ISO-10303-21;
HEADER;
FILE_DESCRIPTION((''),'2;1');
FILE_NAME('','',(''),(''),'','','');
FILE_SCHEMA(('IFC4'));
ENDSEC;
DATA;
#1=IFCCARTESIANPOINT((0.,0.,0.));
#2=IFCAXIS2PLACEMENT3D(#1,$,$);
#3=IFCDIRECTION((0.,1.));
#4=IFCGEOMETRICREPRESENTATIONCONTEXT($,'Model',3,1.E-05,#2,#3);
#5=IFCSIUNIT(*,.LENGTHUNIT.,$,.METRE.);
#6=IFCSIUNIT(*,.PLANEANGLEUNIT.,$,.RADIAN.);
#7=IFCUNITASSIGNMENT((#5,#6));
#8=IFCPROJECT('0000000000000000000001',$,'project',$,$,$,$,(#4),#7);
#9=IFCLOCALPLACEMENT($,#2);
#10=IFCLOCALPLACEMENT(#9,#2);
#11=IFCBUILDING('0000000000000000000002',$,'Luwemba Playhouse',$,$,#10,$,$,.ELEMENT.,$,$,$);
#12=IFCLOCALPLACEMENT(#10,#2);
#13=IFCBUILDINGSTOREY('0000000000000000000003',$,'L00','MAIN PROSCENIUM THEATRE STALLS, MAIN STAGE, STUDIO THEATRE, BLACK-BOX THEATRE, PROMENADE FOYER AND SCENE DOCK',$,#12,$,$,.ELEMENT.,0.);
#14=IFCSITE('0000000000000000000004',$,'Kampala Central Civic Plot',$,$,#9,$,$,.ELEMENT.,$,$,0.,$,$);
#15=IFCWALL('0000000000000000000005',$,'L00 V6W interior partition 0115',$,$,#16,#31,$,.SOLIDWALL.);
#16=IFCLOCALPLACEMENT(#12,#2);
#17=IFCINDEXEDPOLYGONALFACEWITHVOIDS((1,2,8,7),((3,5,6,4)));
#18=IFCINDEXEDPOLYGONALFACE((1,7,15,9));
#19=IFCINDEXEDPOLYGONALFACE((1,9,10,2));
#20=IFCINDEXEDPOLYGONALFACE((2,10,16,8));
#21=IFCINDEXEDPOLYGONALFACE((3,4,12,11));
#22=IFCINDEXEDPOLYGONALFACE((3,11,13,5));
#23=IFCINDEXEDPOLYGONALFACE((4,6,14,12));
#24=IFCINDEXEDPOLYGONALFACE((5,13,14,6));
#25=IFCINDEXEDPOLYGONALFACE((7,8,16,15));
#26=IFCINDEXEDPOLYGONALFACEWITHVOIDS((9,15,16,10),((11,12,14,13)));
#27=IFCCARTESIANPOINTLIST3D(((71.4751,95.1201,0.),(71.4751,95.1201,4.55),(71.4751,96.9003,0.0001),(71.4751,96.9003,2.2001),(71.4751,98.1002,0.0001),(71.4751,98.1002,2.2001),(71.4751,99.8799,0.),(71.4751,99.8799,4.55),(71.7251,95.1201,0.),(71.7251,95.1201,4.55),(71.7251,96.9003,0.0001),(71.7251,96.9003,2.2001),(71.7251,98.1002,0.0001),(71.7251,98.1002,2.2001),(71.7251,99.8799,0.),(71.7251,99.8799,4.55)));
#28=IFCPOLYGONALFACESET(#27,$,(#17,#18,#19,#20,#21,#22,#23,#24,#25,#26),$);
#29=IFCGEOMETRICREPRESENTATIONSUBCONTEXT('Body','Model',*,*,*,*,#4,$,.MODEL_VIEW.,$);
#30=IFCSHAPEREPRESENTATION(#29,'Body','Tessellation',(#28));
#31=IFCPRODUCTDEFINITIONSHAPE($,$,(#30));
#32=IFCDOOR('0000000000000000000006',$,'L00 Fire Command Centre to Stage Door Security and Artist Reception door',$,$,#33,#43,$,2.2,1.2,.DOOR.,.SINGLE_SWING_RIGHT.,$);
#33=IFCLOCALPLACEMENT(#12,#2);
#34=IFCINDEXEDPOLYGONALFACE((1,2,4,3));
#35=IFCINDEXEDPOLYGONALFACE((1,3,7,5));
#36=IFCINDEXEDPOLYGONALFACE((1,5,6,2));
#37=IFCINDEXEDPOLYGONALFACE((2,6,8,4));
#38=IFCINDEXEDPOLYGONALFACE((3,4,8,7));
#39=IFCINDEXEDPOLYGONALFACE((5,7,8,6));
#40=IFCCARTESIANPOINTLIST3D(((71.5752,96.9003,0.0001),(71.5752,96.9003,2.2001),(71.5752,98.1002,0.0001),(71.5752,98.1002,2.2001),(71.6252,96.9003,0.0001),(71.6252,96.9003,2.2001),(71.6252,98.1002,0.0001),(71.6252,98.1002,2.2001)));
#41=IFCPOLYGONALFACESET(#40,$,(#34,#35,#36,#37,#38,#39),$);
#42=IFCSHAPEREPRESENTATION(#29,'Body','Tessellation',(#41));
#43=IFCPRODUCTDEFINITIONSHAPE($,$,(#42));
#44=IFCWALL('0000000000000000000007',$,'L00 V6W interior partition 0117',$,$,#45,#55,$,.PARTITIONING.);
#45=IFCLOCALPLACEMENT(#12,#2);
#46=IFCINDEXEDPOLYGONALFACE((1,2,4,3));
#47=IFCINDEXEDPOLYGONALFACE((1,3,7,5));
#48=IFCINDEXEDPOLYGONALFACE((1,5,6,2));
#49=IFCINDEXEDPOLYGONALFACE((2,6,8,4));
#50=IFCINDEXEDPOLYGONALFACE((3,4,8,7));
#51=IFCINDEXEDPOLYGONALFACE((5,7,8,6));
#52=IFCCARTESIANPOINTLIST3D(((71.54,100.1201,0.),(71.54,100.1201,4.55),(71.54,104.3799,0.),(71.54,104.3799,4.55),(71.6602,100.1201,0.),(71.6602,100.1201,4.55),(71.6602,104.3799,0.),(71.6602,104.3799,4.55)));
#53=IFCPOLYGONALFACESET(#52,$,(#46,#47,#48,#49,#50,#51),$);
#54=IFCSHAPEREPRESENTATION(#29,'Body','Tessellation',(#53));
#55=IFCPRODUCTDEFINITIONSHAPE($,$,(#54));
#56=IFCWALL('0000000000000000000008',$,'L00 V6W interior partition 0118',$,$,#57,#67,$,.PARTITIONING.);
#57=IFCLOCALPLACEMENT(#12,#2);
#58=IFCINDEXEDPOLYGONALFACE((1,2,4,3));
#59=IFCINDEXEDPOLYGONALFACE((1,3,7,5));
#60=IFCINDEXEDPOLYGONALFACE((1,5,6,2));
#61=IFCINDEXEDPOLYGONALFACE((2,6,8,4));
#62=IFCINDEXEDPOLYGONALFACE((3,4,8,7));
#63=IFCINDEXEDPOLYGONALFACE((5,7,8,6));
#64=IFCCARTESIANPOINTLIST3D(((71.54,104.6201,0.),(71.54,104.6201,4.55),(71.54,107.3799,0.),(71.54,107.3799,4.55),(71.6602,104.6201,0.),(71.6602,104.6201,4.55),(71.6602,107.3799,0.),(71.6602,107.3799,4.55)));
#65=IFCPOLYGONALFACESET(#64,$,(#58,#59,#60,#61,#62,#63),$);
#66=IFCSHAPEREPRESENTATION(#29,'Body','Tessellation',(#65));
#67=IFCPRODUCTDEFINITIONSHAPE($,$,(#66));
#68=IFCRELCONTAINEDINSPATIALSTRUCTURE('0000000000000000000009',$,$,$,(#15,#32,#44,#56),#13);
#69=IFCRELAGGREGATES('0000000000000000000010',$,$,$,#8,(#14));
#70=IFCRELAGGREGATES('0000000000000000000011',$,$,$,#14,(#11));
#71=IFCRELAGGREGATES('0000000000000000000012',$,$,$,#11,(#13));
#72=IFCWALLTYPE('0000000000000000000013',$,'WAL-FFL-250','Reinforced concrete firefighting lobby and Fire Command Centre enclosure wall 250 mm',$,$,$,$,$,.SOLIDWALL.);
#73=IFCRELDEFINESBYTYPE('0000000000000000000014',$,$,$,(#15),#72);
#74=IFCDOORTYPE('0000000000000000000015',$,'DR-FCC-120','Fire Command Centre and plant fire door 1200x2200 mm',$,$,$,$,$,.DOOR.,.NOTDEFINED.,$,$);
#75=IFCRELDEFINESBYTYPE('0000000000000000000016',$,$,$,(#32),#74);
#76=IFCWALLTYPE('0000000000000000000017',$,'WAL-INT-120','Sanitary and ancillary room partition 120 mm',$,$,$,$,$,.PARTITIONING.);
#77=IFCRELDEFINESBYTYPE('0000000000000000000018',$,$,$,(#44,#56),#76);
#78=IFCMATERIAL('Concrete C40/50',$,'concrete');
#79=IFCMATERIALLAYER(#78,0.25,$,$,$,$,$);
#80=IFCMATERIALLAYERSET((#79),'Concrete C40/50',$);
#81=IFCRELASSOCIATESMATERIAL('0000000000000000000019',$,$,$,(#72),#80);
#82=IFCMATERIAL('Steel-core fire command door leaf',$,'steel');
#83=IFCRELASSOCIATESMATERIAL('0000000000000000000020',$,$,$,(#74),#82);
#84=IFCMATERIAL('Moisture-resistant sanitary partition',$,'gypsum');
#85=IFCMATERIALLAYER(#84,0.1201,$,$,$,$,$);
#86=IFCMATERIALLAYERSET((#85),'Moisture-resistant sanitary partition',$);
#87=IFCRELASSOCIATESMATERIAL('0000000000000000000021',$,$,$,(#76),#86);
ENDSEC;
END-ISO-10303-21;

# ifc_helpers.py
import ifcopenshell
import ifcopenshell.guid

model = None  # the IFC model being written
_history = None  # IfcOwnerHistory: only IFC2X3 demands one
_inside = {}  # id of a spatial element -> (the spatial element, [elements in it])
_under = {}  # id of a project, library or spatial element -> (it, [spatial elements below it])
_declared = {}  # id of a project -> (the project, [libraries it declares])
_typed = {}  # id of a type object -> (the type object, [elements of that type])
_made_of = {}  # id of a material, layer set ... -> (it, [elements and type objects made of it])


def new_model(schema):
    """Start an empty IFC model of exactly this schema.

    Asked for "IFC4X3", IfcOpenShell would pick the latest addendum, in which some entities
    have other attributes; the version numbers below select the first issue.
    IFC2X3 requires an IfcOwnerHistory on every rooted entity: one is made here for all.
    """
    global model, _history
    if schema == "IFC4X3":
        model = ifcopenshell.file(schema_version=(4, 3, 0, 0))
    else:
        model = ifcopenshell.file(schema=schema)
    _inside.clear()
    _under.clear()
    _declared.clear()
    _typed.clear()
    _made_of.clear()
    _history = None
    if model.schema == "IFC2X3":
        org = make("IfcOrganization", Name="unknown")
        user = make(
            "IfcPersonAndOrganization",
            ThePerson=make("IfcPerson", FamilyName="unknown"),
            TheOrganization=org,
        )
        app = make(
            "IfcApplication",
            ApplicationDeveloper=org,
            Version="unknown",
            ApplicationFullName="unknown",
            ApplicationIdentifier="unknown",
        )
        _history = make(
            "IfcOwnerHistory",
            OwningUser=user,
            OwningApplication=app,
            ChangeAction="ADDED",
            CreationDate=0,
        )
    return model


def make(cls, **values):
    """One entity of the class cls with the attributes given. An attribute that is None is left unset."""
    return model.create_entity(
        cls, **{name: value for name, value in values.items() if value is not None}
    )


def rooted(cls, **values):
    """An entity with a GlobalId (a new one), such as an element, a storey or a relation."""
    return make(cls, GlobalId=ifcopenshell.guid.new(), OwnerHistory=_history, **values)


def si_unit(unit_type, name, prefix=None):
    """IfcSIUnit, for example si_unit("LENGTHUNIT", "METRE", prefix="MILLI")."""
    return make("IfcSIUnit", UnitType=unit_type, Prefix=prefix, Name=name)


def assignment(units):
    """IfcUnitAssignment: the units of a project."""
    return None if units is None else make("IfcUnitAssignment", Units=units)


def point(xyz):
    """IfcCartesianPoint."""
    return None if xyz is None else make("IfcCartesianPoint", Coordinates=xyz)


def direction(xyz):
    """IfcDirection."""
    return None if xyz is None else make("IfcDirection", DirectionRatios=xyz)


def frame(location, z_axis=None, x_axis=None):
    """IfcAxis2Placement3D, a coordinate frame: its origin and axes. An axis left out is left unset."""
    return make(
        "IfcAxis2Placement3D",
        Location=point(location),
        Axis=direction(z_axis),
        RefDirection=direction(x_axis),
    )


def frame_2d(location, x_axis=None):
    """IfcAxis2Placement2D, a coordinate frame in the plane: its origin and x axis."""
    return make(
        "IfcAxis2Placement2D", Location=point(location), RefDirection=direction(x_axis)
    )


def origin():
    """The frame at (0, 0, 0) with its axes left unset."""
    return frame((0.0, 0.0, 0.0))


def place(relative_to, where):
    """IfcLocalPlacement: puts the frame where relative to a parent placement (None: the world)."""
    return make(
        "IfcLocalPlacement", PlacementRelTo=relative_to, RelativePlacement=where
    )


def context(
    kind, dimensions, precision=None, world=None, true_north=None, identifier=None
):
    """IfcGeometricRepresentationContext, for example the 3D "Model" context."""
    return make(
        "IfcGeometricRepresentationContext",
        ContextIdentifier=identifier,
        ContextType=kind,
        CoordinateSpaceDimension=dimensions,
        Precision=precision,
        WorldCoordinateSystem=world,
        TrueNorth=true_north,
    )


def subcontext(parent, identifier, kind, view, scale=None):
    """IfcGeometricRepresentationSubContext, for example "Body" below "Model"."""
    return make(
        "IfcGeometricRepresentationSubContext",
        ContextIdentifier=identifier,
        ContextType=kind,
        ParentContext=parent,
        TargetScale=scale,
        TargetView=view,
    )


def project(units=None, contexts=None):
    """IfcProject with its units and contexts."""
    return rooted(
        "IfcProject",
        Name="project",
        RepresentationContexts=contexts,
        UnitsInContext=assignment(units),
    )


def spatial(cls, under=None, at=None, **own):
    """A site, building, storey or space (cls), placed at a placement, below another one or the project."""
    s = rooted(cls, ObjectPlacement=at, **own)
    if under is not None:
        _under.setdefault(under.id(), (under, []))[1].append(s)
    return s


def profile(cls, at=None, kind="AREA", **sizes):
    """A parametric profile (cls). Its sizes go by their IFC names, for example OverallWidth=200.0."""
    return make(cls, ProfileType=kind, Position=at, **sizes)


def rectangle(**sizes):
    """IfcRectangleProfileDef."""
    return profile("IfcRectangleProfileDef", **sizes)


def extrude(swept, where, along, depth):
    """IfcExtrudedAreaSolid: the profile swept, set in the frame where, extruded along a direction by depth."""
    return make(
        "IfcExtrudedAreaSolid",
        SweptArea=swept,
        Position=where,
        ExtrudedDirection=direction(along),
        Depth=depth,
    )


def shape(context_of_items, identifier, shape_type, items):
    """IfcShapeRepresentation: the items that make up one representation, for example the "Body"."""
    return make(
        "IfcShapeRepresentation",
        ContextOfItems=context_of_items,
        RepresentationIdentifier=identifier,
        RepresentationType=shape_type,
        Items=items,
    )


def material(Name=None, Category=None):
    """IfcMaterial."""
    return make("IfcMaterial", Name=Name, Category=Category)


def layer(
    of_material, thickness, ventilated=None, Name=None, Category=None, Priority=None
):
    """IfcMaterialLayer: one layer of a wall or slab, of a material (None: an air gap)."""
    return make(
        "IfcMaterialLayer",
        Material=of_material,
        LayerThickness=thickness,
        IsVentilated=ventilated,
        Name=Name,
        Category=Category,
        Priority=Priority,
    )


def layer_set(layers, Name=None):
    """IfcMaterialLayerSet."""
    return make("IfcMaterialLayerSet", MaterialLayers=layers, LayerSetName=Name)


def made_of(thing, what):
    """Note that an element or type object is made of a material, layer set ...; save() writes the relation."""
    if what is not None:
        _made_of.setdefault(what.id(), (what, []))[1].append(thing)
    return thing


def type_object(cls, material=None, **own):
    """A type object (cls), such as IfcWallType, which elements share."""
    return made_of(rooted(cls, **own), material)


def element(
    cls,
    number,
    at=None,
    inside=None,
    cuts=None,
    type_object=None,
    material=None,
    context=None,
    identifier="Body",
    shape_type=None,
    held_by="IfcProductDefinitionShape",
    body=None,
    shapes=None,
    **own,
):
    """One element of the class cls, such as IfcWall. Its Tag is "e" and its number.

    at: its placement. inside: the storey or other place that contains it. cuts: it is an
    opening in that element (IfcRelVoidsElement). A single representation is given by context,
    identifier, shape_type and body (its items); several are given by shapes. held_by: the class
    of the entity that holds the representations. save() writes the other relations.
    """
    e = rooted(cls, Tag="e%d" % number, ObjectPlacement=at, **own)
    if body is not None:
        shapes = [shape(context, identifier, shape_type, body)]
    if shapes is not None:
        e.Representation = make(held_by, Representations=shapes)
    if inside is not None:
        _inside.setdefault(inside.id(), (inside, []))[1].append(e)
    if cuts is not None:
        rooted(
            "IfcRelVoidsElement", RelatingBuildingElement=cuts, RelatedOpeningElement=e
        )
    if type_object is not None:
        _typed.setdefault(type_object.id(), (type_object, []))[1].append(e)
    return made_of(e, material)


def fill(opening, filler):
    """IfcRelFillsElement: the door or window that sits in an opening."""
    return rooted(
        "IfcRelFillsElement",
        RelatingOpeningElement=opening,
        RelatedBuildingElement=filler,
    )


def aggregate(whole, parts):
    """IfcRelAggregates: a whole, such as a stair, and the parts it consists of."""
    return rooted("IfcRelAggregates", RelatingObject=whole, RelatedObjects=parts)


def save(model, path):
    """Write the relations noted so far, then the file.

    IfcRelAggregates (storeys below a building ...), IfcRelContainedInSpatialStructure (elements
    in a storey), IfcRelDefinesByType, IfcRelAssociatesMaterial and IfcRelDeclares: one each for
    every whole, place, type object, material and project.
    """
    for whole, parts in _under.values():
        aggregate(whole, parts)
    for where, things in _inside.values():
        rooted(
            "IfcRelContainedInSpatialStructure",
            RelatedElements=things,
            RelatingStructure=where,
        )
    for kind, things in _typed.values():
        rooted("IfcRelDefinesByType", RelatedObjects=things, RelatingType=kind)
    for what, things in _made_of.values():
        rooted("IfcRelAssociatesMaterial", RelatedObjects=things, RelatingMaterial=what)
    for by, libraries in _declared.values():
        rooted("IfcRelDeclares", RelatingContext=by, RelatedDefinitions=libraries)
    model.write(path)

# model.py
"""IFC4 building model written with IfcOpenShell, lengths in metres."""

from ifc_helpers import new_model, si_unit, direction, frame, frame_2d, origin, place, context, subcontext, project, spatial, rectangle, extrude, material, layer, layer_set, type_object, element, fill, save


model = new_model("IFC4")

# Units and contexts
model_context = context("Model", 3, precision=1e-05, world=origin(), true_north=direction((0.0, 1.0)))
body_context = subcontext(model_context, "Body", "Model", "MODEL_VIEW")
ifc_project = project(units=[si_unit("LENGTHUNIT", "METRE"), si_unit("PLANEANGLEUNIT", "RADIAN")], contexts=[model_context])

# Site, building, storey
site_placement = place(None, origin())
site = spatial("IfcSite", under=ifc_project, at=site_placement, Name="Kampala Central Civic Plot", CompositionType="ELEMENT", RefElevation=0.0)
building_placement = place(site_placement, origin())
building = spatial("IfcBuilding", under=site, at=building_placement, Name="Luwemba Playhouse", CompositionType="ELEMENT")
storey_placement = place(building_placement, origin())
storey = spatial("IfcBuildingStorey", under=building, at=storey_placement, Name="L00", Description="MAIN PROSCENIUM THEATRE STALLS, MAIN STAGE, STUDIO THEATRE, BLACK-BOX THEATRE, PROMENADE FOYER AND SCENE DOCK", CompositionType="ELEMENT", Elevation=0.0)

# Shared definitions
ifc_material_1 = material(Name="Concrete C40/50", Category="concrete")

# Wall, opening, door
ifc_layer_1 = layer(ifc_material_1, 0.25)
ifc_layer_set_1 = layer_set([ifc_layer_1], Name="Concrete C40/50")
wall_type_1 = type_object("IfcWallType", Name="WAL-FFL-250", Description="Reinforced concrete firefighting lobby and Fire Command Centre enclosure wall 250 mm", PredefinedType="SOLIDWALL", material=ifc_layer_set_1)
wall_1_placement = place(storey_placement, frame((71.6001, 95.1201, 0.0), z_axis=(0.0, 0.0, 1.0), x_axis=(0.0, 1.0, 0.0)))
wall_1 = element("IfcWall", 1, at=wall_1_placement, inside=storey, type_object=wall_type_1, Name="L00 V6W interior partition 0115", PredefinedType="SOLIDWALL", context=body_context, shape_type="SweptSolid", body=[
    extrude(rectangle(XDim=4.7598, YDim=0.25, at=frame_2d((2.3799, 0.0))), origin(), (0.0, 0.0, 1.0), 4.55),
])
opening_1_placement = place(wall_1_placement, frame((1.78, 0.0, 0.0)))
opening_1 = element("IfcOpeningElement", 2, at=opening_1_placement, cuts=wall_1, PredefinedType="OPENING", context=body_context, shape_type="SweptSolid", body=[
    extrude(rectangle(XDim=1.2, YDim=2.2, at=frame_2d((0.6001, 1.1001))), frame((0.0, 0.135, 0.0), z_axis=(0.0, -1.0, 0.0), x_axis=(1.0, 0.0, 0.0)), (0.0, 0.0, 1.0), 0.27),
])
ifc_material_2 = material(Name="Steel-core fire command door leaf", Category="steel")
door_type_1 = type_object("IfcDoorType", Name="DR-FCC-120", Description="Fire Command Centre and plant fire door 1200x2200 mm", OperationType="NOTDEFINED", PredefinedType="DOOR", material=ifc_material_2)
door_1_placement = place(opening_1_placement, origin())
door_1 = element("IfcDoor", 3, at=door_1_placement, inside=storey, type_object=door_type_1, Name="L00 Fire Command Centre to Stage Door Security and Artist Reception door", OperationType="SINGLE_SWING_RIGHT", OverallHeight=2.2, OverallWidth=1.2, PredefinedType="DOOR", context=body_context, shape_type="SweptSolid", body=[
    extrude(rectangle(XDim=1.2, YDim=2.2, at=frame_2d((0.6001, 1.1001))), frame((0.0, 0.0249, 0.0), z_axis=(0.0, -1.0, 0.0), x_axis=(1.0, 0.0, 0.0)), (0.0, 0.0, 1.0), 0.05),
])
fill(opening_1, door_1)

# Walls
ifc_material_3 = material(Name="Moisture-resistant sanitary partition", Category="gypsum")
ifc_layer_2 = layer(ifc_material_3, 0.1201)
ifc_layer_set_2 = layer_set([ifc_layer_2], Name="Moisture-resistant sanitary partition")
wall_type_2 = type_object("IfcWallType", Name="WAL-INT-120", Description="Sanitary and ancillary room partition 120 mm", PredefinedType="PARTITIONING", material=ifc_layer_set_2)
wall_2_placement = place(storey_placement, frame((71.6001, 100.1201, 0.0), z_axis=(0.0, 0.0, 1.0), x_axis=(0.0, 1.0, 0.0)))
element("IfcWall", 4, at=wall_2_placement, inside=storey, type_object=wall_type_2, Name="L00 V6W interior partition 0117", PredefinedType="PARTITIONING", context=body_context, shape_type="SweptSolid", body=[
    extrude(rectangle(XDim=4.2598, YDim=0.1201, at=frame_2d((2.1299, 0.0))), origin(), (0.0, 0.0, 1.0), 4.55),
])
wall_3_placement = place(storey_placement, frame((71.6001, 104.6201, 0.0), z_axis=(0.0, 0.0, 1.0), x_axis=(0.0, 1.0, 0.0)))
element("IfcWall", 5, at=wall_3_placement, inside=storey, type_object=wall_type_2, Name="L00 V6W interior partition 0118", PredefinedType="PARTITIONING", context=body_context, shape_type="SweptSolid", body=[
    extrude(rectangle(XDim=2.7598, YDim=0.1201, at=frame_2d((1.3799, 0.0))), origin(), (0.0, 0.0, 1.0), 4.55),
])

save(model, "model.ifc")
